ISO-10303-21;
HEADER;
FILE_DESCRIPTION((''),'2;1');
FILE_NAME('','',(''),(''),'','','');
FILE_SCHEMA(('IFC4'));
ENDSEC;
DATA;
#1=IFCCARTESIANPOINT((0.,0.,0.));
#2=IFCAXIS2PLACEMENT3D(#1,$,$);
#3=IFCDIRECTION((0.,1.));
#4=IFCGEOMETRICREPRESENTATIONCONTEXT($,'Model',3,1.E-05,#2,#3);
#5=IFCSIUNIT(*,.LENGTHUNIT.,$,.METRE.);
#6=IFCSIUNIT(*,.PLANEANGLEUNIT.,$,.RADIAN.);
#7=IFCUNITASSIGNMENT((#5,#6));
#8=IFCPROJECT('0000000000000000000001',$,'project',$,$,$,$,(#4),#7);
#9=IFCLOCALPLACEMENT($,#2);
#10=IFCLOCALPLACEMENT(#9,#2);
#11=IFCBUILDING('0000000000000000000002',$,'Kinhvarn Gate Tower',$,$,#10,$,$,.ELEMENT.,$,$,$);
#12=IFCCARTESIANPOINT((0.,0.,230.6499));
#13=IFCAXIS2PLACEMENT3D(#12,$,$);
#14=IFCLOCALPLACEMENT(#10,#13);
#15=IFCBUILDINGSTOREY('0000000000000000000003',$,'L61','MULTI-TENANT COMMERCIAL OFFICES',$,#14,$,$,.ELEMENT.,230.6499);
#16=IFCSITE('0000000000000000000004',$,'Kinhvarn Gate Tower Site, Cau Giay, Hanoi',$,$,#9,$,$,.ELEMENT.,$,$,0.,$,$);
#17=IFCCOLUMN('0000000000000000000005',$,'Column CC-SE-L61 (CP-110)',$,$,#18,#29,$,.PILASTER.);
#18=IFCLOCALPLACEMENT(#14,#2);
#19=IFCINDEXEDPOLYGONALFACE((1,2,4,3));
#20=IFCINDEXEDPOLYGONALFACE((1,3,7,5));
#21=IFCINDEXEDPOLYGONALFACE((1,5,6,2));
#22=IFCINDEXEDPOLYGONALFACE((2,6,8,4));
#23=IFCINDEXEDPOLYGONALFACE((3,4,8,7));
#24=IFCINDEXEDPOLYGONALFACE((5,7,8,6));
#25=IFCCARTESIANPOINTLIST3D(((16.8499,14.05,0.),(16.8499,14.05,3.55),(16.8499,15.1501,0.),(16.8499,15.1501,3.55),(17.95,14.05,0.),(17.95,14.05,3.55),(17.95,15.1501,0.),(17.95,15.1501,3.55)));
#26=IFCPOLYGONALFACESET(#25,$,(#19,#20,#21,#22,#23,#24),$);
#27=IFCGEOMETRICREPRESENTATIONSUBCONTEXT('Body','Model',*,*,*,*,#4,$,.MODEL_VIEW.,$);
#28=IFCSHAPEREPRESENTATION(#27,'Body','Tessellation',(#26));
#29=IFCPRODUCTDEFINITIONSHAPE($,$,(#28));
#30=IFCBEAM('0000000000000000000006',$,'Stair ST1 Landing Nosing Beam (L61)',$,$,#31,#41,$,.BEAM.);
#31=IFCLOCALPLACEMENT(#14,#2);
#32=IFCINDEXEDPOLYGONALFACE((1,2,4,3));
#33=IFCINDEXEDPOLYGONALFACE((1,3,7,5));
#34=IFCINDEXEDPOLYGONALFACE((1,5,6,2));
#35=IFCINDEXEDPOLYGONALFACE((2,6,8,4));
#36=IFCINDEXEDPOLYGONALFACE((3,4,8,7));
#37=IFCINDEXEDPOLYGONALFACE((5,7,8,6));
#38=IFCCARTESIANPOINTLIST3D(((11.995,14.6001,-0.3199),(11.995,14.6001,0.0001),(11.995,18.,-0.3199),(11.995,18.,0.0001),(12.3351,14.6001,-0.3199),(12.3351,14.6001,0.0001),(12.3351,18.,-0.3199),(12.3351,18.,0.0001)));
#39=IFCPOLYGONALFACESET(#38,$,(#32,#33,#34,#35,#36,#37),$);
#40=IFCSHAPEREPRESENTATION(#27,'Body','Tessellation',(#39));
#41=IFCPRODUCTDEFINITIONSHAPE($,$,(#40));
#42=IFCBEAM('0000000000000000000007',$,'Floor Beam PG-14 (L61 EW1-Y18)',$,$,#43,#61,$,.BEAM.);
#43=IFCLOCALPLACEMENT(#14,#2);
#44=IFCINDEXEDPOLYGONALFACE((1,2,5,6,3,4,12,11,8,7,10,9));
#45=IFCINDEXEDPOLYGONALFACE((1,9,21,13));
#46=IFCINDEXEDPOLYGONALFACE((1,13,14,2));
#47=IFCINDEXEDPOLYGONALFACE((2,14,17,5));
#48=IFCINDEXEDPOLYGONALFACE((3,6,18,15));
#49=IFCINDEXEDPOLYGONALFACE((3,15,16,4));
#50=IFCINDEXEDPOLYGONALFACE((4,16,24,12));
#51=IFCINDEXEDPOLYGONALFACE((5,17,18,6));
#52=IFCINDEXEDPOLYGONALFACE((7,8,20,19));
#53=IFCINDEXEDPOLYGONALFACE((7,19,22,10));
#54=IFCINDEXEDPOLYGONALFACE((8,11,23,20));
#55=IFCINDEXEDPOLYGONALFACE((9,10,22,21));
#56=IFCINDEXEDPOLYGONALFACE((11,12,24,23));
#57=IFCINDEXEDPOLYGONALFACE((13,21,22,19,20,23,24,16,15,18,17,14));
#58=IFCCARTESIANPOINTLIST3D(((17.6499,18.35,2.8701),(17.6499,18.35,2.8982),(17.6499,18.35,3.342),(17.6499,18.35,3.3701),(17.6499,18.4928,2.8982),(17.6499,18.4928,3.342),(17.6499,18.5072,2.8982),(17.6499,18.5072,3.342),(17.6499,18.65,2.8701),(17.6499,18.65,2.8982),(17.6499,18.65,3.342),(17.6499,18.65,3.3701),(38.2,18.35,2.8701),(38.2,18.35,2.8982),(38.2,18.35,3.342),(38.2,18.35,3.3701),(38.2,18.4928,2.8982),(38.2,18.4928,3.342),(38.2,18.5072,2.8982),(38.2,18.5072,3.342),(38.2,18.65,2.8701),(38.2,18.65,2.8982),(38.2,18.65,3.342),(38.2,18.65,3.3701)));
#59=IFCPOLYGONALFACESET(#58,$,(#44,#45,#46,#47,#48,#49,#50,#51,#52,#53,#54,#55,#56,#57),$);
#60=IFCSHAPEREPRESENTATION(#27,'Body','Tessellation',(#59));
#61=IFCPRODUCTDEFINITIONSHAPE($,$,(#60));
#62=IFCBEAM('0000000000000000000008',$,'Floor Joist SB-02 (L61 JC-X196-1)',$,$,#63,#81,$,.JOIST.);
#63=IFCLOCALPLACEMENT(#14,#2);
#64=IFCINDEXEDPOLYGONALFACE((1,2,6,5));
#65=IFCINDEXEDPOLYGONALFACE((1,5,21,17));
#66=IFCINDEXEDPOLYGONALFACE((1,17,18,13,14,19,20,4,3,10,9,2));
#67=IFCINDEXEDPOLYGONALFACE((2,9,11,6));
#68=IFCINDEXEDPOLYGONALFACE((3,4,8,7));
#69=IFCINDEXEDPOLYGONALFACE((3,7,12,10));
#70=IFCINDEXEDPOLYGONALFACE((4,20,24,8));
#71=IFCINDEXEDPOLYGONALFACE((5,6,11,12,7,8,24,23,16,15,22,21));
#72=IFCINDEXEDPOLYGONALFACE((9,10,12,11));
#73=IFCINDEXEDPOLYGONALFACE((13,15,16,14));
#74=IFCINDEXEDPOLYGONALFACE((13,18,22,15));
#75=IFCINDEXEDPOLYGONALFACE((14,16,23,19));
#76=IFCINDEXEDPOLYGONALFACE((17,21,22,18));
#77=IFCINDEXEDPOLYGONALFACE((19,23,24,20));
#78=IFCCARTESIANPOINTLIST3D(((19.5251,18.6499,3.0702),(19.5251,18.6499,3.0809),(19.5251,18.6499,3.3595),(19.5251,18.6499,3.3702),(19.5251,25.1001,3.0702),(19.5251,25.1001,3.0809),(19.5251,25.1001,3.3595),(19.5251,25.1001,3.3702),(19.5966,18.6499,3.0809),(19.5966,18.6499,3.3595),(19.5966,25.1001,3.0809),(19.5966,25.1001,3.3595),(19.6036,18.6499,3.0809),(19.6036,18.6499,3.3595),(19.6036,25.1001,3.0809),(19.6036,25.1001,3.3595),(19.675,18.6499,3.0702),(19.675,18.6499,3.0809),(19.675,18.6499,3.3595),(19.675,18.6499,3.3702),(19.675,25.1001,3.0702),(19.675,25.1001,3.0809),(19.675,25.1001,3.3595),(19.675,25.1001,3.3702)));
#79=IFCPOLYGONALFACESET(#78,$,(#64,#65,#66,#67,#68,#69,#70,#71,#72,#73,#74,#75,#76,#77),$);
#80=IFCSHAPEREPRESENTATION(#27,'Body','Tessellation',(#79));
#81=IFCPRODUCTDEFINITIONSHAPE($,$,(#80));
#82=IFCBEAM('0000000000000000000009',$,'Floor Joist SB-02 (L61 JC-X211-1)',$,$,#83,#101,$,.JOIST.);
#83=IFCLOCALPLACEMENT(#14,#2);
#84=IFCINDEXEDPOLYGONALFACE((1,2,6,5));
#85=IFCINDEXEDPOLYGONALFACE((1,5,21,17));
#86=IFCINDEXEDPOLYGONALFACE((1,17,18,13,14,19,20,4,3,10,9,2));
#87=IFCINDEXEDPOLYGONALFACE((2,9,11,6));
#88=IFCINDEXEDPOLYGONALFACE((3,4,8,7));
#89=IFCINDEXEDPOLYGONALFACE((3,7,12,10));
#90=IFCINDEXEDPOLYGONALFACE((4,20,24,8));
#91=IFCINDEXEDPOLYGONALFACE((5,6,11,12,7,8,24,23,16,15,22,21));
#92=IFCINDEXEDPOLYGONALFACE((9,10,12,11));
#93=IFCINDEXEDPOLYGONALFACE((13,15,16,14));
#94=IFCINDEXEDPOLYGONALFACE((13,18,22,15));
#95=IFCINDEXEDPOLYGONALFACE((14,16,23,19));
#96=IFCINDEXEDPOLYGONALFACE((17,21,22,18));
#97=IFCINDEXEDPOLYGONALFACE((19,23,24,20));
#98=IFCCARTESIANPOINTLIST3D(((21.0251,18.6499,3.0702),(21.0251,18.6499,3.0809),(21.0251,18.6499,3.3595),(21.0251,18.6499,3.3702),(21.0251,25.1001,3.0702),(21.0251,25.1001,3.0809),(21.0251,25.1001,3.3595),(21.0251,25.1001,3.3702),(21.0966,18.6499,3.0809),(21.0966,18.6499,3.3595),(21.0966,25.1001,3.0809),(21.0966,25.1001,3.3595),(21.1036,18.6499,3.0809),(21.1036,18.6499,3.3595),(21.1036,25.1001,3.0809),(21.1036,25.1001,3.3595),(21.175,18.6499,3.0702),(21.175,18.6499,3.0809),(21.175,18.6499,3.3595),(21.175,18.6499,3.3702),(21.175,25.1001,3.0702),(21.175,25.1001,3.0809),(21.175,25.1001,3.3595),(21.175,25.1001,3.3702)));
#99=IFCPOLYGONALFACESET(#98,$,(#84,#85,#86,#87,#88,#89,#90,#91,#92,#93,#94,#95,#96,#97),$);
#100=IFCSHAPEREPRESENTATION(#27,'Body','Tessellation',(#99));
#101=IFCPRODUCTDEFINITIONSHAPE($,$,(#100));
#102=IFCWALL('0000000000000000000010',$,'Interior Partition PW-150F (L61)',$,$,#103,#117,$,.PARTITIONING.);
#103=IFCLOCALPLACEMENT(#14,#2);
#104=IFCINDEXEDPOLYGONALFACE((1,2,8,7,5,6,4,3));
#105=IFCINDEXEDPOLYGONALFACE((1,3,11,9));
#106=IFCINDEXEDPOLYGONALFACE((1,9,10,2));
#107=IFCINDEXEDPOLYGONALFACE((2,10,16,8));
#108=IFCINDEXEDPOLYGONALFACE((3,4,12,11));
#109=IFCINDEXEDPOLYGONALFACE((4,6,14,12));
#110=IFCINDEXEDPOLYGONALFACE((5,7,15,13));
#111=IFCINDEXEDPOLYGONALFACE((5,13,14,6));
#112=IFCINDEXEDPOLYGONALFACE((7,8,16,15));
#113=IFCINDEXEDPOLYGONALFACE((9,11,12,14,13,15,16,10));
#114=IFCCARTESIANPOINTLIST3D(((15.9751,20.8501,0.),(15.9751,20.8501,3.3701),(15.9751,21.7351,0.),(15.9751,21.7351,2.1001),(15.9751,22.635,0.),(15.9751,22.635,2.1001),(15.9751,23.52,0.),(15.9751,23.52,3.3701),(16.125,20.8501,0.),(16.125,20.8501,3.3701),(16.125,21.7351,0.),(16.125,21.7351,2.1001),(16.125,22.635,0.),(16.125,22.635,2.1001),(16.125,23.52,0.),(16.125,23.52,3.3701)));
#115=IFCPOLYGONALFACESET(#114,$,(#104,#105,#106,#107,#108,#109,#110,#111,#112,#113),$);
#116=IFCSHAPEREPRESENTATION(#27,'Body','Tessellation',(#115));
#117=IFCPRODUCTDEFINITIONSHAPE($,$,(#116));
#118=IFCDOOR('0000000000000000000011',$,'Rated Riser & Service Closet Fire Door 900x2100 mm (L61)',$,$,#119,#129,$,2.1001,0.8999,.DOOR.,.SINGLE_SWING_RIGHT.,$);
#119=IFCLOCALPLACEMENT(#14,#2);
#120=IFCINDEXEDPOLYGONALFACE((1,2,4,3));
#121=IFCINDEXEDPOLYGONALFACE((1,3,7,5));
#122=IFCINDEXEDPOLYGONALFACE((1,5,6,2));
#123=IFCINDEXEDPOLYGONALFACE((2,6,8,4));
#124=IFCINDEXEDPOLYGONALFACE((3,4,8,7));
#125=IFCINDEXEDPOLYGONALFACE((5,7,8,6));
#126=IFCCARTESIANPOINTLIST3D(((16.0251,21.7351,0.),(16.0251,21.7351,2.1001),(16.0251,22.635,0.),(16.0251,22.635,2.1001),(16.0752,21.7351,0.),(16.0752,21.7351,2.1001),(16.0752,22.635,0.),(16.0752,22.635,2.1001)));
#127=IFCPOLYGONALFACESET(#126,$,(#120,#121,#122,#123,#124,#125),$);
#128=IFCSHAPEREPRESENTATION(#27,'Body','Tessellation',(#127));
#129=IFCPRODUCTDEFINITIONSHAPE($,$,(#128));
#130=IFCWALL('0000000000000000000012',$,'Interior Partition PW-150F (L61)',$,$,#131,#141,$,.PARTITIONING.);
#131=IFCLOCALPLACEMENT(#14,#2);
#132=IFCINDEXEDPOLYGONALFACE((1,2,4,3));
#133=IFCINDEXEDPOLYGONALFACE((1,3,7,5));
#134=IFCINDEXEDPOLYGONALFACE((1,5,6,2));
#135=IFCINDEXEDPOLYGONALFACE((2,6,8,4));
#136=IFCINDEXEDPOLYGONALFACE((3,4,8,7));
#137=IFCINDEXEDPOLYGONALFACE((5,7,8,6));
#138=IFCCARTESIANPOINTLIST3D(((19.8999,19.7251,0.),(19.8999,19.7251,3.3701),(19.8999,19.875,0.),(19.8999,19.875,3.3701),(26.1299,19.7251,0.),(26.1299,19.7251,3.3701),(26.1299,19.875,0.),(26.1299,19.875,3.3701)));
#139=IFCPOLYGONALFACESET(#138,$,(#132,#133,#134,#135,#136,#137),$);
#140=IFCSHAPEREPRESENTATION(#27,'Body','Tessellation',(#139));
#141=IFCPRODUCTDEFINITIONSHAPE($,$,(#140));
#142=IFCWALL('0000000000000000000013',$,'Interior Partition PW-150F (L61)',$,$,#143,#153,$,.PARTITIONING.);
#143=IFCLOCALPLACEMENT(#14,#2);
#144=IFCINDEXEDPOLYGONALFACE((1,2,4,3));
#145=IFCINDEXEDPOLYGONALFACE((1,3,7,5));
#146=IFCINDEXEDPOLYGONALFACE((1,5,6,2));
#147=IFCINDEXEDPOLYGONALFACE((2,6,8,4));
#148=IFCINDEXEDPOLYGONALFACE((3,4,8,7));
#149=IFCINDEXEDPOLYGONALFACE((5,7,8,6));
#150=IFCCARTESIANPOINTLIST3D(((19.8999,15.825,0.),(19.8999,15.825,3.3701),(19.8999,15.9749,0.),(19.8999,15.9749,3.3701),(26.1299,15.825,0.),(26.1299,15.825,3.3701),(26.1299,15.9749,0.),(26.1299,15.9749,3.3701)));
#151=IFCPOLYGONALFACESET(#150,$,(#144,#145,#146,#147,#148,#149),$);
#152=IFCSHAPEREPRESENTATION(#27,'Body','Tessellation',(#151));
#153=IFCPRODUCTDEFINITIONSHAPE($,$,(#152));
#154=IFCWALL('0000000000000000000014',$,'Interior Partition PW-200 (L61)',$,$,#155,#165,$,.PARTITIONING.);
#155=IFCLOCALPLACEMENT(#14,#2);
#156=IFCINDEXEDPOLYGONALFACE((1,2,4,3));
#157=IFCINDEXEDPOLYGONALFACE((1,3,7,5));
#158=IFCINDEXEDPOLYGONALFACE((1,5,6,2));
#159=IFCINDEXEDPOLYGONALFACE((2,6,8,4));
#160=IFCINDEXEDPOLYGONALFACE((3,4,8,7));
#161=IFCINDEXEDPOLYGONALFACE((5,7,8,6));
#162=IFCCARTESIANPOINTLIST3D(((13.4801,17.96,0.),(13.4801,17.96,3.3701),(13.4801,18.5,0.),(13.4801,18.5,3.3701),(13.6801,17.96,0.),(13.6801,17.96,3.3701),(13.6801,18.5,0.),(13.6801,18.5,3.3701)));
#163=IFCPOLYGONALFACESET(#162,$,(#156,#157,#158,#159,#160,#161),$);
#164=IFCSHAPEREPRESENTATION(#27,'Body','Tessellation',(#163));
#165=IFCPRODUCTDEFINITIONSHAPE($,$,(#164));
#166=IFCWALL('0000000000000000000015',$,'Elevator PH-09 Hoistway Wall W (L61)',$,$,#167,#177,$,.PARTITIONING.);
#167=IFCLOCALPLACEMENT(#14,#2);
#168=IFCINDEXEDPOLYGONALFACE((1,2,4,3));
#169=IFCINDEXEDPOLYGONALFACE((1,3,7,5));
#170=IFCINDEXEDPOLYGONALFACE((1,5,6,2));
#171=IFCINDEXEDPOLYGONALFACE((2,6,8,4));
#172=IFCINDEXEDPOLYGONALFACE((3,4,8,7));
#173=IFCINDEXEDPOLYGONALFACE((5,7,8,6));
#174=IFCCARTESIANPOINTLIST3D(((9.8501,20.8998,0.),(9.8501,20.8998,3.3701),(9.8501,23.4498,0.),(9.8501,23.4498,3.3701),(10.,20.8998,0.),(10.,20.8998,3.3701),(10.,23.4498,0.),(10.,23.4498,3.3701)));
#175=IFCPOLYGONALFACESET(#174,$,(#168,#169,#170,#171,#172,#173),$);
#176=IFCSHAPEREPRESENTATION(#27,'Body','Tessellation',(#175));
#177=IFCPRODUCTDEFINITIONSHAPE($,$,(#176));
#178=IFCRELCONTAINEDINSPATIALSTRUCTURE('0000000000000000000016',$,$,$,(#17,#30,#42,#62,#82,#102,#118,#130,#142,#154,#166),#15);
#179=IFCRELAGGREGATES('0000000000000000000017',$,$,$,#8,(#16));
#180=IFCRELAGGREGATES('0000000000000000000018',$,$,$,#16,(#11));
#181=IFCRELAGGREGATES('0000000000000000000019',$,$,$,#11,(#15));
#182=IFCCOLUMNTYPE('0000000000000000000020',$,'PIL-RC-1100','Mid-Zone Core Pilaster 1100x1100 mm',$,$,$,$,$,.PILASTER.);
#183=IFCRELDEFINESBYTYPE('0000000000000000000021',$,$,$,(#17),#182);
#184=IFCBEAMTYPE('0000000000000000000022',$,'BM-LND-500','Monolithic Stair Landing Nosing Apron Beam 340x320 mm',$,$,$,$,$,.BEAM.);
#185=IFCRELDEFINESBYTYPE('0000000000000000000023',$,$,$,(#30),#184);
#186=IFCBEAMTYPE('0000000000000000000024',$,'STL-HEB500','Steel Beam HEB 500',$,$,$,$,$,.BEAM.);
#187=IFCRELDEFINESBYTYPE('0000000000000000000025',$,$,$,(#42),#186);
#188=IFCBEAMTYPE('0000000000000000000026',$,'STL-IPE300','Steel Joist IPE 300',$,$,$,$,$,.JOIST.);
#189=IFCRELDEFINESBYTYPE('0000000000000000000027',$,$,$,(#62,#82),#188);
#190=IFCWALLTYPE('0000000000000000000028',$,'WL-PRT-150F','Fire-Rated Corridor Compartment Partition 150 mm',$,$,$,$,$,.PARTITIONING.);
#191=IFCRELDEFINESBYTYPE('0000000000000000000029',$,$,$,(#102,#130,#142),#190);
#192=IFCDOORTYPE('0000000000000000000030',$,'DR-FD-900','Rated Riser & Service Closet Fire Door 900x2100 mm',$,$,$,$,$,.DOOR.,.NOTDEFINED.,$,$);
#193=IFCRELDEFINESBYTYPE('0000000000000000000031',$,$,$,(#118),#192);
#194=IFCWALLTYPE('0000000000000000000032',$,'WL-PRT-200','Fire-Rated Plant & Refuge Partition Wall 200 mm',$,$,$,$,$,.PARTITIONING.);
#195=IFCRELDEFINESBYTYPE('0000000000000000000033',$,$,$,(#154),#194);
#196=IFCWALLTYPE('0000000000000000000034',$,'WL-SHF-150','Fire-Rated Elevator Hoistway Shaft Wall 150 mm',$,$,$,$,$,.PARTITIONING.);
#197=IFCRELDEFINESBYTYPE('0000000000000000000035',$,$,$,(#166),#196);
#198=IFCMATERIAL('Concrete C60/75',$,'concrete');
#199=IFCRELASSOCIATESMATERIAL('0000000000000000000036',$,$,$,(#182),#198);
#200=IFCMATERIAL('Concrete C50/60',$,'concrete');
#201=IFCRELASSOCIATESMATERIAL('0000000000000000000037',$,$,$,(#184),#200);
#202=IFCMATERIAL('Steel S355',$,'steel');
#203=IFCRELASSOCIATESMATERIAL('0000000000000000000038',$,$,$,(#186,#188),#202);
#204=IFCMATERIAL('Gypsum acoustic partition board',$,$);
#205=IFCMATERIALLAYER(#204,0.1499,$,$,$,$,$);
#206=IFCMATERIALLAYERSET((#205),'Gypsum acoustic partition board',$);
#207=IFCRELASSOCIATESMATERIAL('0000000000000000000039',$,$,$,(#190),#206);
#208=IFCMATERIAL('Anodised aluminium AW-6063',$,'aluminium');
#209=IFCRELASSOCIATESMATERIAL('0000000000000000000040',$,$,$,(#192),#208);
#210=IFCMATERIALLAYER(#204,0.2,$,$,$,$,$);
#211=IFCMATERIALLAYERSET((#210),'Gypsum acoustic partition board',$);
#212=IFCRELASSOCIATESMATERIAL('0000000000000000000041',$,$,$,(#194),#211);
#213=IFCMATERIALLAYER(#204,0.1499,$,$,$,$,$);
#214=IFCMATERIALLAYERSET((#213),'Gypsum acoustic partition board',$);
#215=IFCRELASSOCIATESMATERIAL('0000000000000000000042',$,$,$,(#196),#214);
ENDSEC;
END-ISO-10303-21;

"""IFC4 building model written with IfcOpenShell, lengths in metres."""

from ifc_helpers import new_model, si_unit, direction, frame, frame_2d, origin, origin_2d, place, context, subcontext, project, spatial, rectangle, i_section, extrude, material, layer, layer_set, material_profile, profile_set, type_object, element, fill, save


model = new_model("IFC4")

# Units and contexts
model_context = context("Model", 3, precision=1e-05, world=origin(), true_north=direction((0.0, 1.0)))
body_context = subcontext(model_context, "Body", "Model", "MODEL_VIEW")
ifc_project = project(units=[si_unit("LENGTHUNIT", "METRE"), si_unit("PLANEANGLEUNIT", "RADIAN")], contexts=[model_context])

# Site, building, storey
site_placement = place(None, origin())
site = spatial("IfcSite", under=ifc_project, at=site_placement, Name="Kinhvarn Gate Tower Site, Cau Giay, Hanoi", CompositionType="ELEMENT", RefElevation=0.0)
building_placement = place(site_placement, origin())
building = spatial("IfcBuilding", under=site, at=building_placement, Name="Kinhvarn Gate Tower", CompositionType="ELEMENT")
storey_placement = place(building_placement, frame((0.0, 0.0, 230.6499)))
storey = spatial("IfcBuildingStorey", under=building, at=storey_placement, Name="L61", Description="MULTI-TENANT COMMERCIAL OFFICES", CompositionType="ELEMENT", Elevation=230.6499)

# Column
ifc_material_1 = material(Name="Concrete C60/75", Category="concrete")
ifc_material_profile_1 = material_profile(ifc_material_1, rectangle(XDim=1.1001, YDim=1.1001, at=origin_2d()), Name="RC 1100x1100")
ifc_profile_set_1 = profile_set([ifc_material_profile_1], Name="Concrete C60/75")
column_type = type_object("IfcColumnType", Name="PIL-RC-1100", Description="Mid-Zone Core Pilaster 1100x1100 mm", PredefinedType="PILASTER", material=ifc_profile_set_1)
column_placement = place(storey_placement, frame((17.3999, 14.6001, 0.0), z_axis=(0.0, 0.0, 1.0), x_axis=(1.0, 0.0, 0.0)))
element("IfcColumn", 1, at=column_placement, inside=storey, type_object=column_type, Name="Column CC-SE-L61 (CP-110)", PredefinedType="PILASTER", context=body_context, shape_type="SweptSolid", body=[
    extrude(rectangle(XDim=1.1001, YDim=1.1001, at=origin_2d()), origin(), (0.0, 0.0, 1.0), 3.55),
])

# Beams
ifc_material_2 = material(Name="Concrete C50/60", Category="concrete")
ifc_material_profile_2 = material_profile(ifc_material_2, rectangle(XDim=0.3401, YDim=0.3201, at=origin_2d()), Name="RC 340x320")
ifc_profile_set_2 = profile_set([ifc_material_profile_2], Name="Concrete C50/60")
beam_type_1 = type_object("IfcBeamType", Name="BM-LND-500", Description="Monolithic Stair Landing Nosing Apron Beam 340x320 mm", PredefinedType="BEAM", material=ifc_profile_set_2)
beam_1_placement = place(storey_placement, frame((12.165, 14.6001, -0.1599), z_axis=(0.0, 1.0, 0.0), x_axis=(-1.0, 0.0, 0.0)))
element("IfcBeam", 2, at=beam_1_placement, inside=storey, type_object=beam_type_1, Name="Stair ST1 Landing Nosing Beam (L61)", PredefinedType="BEAM", context=body_context, shape_type="SweptSolid", body=[
    extrude(rectangle(XDim=0.3401, YDim=0.3201, at=origin_2d()), origin(), (0.0, 0.0, 1.0), 3.3999),
])
ifc_material_3 = material(Name="Steel S355", Category="steel")
ifc_material_profile_3 = material_profile(ifc_material_3, i_section(OverallWidth=0.3, OverallDepth=0.5, WebThickness=0.0144, FlangeThickness=0.0281, at=origin_2d()), Name="HEB 500")
ifc_profile_set_3 = profile_set([ifc_material_profile_3], Name="Steel S355")
beam_type_2 = type_object("IfcBeamType", Name="STL-HEB500", Description="Steel Beam HEB 500", PredefinedType="BEAM", material=ifc_profile_set_3)
beam_2_placement = place(storey_placement, frame((17.6499, 18.5, 3.1201), z_axis=(1.0, 0.0, 0.0), x_axis=(0.0, 1.0, 0.0)))
element("IfcBeam", 3, at=beam_2_placement, inside=storey, type_object=beam_type_2, Name="Floor Beam PG-14 (L61 EW1-Y18)", PredefinedType="BEAM", context=body_context, shape_type="SweptSolid", body=[
    extrude(i_section(OverallWidth=0.3, OverallDepth=0.5, WebThickness=0.0144, FlangeThickness=0.0281, at=origin_2d()), origin(), (0.0, 0.0, 1.0), 20.55),
])
ifc_material_profile_4 = material_profile(ifc_material_3, i_section(OverallWidth=0.1499, OverallDepth=0.3, WebThickness=0.0071, FlangeThickness=0.0107, at=origin_2d()), Name="IPE 300")
ifc_profile_set_4 = profile_set([ifc_material_profile_4], Name="Steel S355")
beam_type_3 = type_object("IfcBeamType", Name="STL-IPE300", Description="Steel Joist IPE 300", PredefinedType="JOIST", material=ifc_profile_set_4)
for number, where, z_axis, x_axis, name in (
    (4, (19.6001, 18.6499, 3.2202), (0.0, 1.0, 0.0), (-1.0, 0.0, 0.0), "Floor Joist SB-02 (L61 JC-X196-1)"),
    (5, (21.1001, 18.6499, 3.2202), (0.0, 1.0, 0.0), (-1.0, 0.0, 0.0), "Floor Joist SB-02 (L61 JC-X211-1)"),
):
    element("IfcBeam", number, at=place(storey_placement, frame(where, z_axis=z_axis, x_axis=x_axis)), inside=storey, type_object=beam_type_3, Name=name, PredefinedType="JOIST", context=body_context, shape_type="SweptSolid", body=[
        extrude(i_section(OverallWidth=0.1499, OverallDepth=0.3, WebThickness=0.0071, FlangeThickness=0.0107, at=origin_2d()), origin(), (0.0, 0.0, 1.0), 6.4502),
    ])

# Wall, opening, door
ifc_material_4 = material(Name="Anodised aluminium AW-6063", Category="aluminium")
ifc_material_5 = material(Name="Gypsum acoustic partition board")
ifc_layer_1 = layer(ifc_material_5, 0.1499)
ifc_layer_set_1 = layer_set([ifc_layer_1], Name="Gypsum acoustic partition board")
wall_type_1 = type_object("IfcWallType", Name="WL-PRT-150F", Description="Fire-Rated Corridor Compartment Partition 150 mm", PredefinedType="PARTITIONING", material=ifc_layer_set_1)
wall_1_placement = place(storey_placement, frame((16.05, 20.8501, 0.0), z_axis=(0.0, 0.0, 1.0), x_axis=(0.0, 1.0, 0.0)))
wall_1 = element("IfcWall", 6, at=wall_1_placement, inside=storey, type_object=wall_type_1, Name="Interior Partition PW-150F (L61)", PredefinedType="PARTITIONING", context=body_context, shape_type="SweptSolid", body=[
    extrude(rectangle(XDim=2.6699, YDim=0.1499, at=frame_2d((1.335, 0.0))), origin(), (0.0, 0.0, 1.0), 3.3701),
])
opening_1_placement = place(wall_1_placement, frame((0.885, 0.0, 0.0)))
opening_1 = element("IfcOpeningElement", 7, at=opening_1_placement, cuts=wall_1, PredefinedType="OPENING", context=body_context, shape_type="SweptSolid", body=[
    extrude(rectangle(XDim=0.8999, YDim=2.1001, at=frame_2d((0.45, 1.05))), frame((0.0, 0.085, 0.0), z_axis=(0.0, -1.0, 0.0), x_axis=(1.0, 0.0, 0.0)), (0.0, 0.0, 1.0), 0.1699),
])
door_type_1 = type_object("IfcDoorType", Name="DR-FD-900", Description="Rated Riser & Service Closet Fire Door 900x2100 mm", OperationType="NOTDEFINED", PredefinedType="DOOR", material=ifc_material_4)
door_1_placement = place(opening_1_placement, origin())
door_1 = element("IfcDoor", 8, at=door_1_placement, inside=storey, type_object=door_type_1, Name="Rated Riser & Service Closet Fire Door 900x2100 mm (L61)", OperationType="SINGLE_SWING_RIGHT", OverallHeight=2.1001, OverallWidth=0.8999, PredefinedType="DOOR", context=body_context, shape_type="SweptSolid", body=[
    extrude(rectangle(XDim=0.8999, YDim=2.1001, at=frame_2d((0.45, 1.05))), frame((0.0, 0.0249, 0.0), z_axis=(0.0, -1.0, 0.0), x_axis=(1.0, 0.0, 0.0)), (0.0, 0.0, 1.0), 0.05),
])
fill(opening_1, door_1)

# Walls
for number, where, z_axis, x_axis, name in (
    (9, (19.8999, 19.8, 0.0), (0.0, 0.0, 1.0), (1.0, 0.0, 0.0), "Interior Partition PW-150F (L61)"),
    (10, (19.8999, 15.8999, 0.0), (0.0, 0.0, 1.0), (1.0, 0.0, 0.0), "Interior Partition PW-150F (L61)"),
):
    element("IfcWall", number, at=place(storey_placement, frame(where, z_axis=z_axis, x_axis=x_axis)), inside=storey, type_object=wall_type_1, Name=name, PredefinedType="PARTITIONING", context=body_context, shape_type="SweptSolid", body=[
        extrude(rectangle(XDim=6.23, YDim=0.1499, at=frame_2d((3.115, 0.0))), origin(), (0.0, 0.0, 1.0), 3.3701),
    ])
ifc_layer_2 = layer(ifc_material_5, 0.2)
ifc_layer_set_2 = layer_set([ifc_layer_2], Name="Gypsum acoustic partition board")
wall_type_2 = type_object("IfcWallType", Name="WL-PRT-200", Description="Fire-Rated Plant & Refuge Partition Wall 200 mm", PredefinedType="PARTITIONING", material=ifc_layer_set_2)
wall_2_placement = place(storey_placement, frame((13.5801, 17.96, 0.0), z_axis=(0.0, 0.0, 1.0), x_axis=(0.0, 1.0, 0.0)))
element("IfcWall", 11, at=wall_2_placement, inside=storey, type_object=wall_type_2, Name="Interior Partition PW-200 (L61)", PredefinedType="PARTITIONING", context=body_context, shape_type="SweptSolid", body=[
    extrude(rectangle(XDim=0.54, YDim=0.2, at=frame_2d((0.27, 0.0))), origin(), (0.0, 0.0, 1.0), 3.3701),
])
ifc_layer_3 = layer(ifc_material_5, 0.1499)
ifc_layer_set_3 = layer_set([ifc_layer_3], Name="Gypsum acoustic partition board")
wall_type_3 = type_object("IfcWallType", Name="WL-SHF-150", Description="Fire-Rated Elevator Hoistway Shaft Wall 150 mm", PredefinedType="PARTITIONING", material=ifc_layer_set_3)
for number, where, z_axis, x_axis, name in (
    (12, (9.925, 20.8999, 0.0), (0.0, 0.0, 1.0), (0.0, 1.0, 0.0), "Elevator PH-09 Hoistway Wall W (L61)"),
):
    element("IfcWall", number, at=place(storey_placement, frame(where, z_axis=z_axis, x_axis=x_axis)), inside=storey, type_object=wall_type_3, Name=name, PredefinedType="PARTITIONING", context=body_context, shape_type="SweptSolid", body=[
        extrude(rectangle(XDim=2.55, YDim=0.1499, at=frame_2d((1.2749, 0.0))), origin(), (0.0, 0.0, 1.0), 3.3701),
    ])

save(model, "model.ifc")
